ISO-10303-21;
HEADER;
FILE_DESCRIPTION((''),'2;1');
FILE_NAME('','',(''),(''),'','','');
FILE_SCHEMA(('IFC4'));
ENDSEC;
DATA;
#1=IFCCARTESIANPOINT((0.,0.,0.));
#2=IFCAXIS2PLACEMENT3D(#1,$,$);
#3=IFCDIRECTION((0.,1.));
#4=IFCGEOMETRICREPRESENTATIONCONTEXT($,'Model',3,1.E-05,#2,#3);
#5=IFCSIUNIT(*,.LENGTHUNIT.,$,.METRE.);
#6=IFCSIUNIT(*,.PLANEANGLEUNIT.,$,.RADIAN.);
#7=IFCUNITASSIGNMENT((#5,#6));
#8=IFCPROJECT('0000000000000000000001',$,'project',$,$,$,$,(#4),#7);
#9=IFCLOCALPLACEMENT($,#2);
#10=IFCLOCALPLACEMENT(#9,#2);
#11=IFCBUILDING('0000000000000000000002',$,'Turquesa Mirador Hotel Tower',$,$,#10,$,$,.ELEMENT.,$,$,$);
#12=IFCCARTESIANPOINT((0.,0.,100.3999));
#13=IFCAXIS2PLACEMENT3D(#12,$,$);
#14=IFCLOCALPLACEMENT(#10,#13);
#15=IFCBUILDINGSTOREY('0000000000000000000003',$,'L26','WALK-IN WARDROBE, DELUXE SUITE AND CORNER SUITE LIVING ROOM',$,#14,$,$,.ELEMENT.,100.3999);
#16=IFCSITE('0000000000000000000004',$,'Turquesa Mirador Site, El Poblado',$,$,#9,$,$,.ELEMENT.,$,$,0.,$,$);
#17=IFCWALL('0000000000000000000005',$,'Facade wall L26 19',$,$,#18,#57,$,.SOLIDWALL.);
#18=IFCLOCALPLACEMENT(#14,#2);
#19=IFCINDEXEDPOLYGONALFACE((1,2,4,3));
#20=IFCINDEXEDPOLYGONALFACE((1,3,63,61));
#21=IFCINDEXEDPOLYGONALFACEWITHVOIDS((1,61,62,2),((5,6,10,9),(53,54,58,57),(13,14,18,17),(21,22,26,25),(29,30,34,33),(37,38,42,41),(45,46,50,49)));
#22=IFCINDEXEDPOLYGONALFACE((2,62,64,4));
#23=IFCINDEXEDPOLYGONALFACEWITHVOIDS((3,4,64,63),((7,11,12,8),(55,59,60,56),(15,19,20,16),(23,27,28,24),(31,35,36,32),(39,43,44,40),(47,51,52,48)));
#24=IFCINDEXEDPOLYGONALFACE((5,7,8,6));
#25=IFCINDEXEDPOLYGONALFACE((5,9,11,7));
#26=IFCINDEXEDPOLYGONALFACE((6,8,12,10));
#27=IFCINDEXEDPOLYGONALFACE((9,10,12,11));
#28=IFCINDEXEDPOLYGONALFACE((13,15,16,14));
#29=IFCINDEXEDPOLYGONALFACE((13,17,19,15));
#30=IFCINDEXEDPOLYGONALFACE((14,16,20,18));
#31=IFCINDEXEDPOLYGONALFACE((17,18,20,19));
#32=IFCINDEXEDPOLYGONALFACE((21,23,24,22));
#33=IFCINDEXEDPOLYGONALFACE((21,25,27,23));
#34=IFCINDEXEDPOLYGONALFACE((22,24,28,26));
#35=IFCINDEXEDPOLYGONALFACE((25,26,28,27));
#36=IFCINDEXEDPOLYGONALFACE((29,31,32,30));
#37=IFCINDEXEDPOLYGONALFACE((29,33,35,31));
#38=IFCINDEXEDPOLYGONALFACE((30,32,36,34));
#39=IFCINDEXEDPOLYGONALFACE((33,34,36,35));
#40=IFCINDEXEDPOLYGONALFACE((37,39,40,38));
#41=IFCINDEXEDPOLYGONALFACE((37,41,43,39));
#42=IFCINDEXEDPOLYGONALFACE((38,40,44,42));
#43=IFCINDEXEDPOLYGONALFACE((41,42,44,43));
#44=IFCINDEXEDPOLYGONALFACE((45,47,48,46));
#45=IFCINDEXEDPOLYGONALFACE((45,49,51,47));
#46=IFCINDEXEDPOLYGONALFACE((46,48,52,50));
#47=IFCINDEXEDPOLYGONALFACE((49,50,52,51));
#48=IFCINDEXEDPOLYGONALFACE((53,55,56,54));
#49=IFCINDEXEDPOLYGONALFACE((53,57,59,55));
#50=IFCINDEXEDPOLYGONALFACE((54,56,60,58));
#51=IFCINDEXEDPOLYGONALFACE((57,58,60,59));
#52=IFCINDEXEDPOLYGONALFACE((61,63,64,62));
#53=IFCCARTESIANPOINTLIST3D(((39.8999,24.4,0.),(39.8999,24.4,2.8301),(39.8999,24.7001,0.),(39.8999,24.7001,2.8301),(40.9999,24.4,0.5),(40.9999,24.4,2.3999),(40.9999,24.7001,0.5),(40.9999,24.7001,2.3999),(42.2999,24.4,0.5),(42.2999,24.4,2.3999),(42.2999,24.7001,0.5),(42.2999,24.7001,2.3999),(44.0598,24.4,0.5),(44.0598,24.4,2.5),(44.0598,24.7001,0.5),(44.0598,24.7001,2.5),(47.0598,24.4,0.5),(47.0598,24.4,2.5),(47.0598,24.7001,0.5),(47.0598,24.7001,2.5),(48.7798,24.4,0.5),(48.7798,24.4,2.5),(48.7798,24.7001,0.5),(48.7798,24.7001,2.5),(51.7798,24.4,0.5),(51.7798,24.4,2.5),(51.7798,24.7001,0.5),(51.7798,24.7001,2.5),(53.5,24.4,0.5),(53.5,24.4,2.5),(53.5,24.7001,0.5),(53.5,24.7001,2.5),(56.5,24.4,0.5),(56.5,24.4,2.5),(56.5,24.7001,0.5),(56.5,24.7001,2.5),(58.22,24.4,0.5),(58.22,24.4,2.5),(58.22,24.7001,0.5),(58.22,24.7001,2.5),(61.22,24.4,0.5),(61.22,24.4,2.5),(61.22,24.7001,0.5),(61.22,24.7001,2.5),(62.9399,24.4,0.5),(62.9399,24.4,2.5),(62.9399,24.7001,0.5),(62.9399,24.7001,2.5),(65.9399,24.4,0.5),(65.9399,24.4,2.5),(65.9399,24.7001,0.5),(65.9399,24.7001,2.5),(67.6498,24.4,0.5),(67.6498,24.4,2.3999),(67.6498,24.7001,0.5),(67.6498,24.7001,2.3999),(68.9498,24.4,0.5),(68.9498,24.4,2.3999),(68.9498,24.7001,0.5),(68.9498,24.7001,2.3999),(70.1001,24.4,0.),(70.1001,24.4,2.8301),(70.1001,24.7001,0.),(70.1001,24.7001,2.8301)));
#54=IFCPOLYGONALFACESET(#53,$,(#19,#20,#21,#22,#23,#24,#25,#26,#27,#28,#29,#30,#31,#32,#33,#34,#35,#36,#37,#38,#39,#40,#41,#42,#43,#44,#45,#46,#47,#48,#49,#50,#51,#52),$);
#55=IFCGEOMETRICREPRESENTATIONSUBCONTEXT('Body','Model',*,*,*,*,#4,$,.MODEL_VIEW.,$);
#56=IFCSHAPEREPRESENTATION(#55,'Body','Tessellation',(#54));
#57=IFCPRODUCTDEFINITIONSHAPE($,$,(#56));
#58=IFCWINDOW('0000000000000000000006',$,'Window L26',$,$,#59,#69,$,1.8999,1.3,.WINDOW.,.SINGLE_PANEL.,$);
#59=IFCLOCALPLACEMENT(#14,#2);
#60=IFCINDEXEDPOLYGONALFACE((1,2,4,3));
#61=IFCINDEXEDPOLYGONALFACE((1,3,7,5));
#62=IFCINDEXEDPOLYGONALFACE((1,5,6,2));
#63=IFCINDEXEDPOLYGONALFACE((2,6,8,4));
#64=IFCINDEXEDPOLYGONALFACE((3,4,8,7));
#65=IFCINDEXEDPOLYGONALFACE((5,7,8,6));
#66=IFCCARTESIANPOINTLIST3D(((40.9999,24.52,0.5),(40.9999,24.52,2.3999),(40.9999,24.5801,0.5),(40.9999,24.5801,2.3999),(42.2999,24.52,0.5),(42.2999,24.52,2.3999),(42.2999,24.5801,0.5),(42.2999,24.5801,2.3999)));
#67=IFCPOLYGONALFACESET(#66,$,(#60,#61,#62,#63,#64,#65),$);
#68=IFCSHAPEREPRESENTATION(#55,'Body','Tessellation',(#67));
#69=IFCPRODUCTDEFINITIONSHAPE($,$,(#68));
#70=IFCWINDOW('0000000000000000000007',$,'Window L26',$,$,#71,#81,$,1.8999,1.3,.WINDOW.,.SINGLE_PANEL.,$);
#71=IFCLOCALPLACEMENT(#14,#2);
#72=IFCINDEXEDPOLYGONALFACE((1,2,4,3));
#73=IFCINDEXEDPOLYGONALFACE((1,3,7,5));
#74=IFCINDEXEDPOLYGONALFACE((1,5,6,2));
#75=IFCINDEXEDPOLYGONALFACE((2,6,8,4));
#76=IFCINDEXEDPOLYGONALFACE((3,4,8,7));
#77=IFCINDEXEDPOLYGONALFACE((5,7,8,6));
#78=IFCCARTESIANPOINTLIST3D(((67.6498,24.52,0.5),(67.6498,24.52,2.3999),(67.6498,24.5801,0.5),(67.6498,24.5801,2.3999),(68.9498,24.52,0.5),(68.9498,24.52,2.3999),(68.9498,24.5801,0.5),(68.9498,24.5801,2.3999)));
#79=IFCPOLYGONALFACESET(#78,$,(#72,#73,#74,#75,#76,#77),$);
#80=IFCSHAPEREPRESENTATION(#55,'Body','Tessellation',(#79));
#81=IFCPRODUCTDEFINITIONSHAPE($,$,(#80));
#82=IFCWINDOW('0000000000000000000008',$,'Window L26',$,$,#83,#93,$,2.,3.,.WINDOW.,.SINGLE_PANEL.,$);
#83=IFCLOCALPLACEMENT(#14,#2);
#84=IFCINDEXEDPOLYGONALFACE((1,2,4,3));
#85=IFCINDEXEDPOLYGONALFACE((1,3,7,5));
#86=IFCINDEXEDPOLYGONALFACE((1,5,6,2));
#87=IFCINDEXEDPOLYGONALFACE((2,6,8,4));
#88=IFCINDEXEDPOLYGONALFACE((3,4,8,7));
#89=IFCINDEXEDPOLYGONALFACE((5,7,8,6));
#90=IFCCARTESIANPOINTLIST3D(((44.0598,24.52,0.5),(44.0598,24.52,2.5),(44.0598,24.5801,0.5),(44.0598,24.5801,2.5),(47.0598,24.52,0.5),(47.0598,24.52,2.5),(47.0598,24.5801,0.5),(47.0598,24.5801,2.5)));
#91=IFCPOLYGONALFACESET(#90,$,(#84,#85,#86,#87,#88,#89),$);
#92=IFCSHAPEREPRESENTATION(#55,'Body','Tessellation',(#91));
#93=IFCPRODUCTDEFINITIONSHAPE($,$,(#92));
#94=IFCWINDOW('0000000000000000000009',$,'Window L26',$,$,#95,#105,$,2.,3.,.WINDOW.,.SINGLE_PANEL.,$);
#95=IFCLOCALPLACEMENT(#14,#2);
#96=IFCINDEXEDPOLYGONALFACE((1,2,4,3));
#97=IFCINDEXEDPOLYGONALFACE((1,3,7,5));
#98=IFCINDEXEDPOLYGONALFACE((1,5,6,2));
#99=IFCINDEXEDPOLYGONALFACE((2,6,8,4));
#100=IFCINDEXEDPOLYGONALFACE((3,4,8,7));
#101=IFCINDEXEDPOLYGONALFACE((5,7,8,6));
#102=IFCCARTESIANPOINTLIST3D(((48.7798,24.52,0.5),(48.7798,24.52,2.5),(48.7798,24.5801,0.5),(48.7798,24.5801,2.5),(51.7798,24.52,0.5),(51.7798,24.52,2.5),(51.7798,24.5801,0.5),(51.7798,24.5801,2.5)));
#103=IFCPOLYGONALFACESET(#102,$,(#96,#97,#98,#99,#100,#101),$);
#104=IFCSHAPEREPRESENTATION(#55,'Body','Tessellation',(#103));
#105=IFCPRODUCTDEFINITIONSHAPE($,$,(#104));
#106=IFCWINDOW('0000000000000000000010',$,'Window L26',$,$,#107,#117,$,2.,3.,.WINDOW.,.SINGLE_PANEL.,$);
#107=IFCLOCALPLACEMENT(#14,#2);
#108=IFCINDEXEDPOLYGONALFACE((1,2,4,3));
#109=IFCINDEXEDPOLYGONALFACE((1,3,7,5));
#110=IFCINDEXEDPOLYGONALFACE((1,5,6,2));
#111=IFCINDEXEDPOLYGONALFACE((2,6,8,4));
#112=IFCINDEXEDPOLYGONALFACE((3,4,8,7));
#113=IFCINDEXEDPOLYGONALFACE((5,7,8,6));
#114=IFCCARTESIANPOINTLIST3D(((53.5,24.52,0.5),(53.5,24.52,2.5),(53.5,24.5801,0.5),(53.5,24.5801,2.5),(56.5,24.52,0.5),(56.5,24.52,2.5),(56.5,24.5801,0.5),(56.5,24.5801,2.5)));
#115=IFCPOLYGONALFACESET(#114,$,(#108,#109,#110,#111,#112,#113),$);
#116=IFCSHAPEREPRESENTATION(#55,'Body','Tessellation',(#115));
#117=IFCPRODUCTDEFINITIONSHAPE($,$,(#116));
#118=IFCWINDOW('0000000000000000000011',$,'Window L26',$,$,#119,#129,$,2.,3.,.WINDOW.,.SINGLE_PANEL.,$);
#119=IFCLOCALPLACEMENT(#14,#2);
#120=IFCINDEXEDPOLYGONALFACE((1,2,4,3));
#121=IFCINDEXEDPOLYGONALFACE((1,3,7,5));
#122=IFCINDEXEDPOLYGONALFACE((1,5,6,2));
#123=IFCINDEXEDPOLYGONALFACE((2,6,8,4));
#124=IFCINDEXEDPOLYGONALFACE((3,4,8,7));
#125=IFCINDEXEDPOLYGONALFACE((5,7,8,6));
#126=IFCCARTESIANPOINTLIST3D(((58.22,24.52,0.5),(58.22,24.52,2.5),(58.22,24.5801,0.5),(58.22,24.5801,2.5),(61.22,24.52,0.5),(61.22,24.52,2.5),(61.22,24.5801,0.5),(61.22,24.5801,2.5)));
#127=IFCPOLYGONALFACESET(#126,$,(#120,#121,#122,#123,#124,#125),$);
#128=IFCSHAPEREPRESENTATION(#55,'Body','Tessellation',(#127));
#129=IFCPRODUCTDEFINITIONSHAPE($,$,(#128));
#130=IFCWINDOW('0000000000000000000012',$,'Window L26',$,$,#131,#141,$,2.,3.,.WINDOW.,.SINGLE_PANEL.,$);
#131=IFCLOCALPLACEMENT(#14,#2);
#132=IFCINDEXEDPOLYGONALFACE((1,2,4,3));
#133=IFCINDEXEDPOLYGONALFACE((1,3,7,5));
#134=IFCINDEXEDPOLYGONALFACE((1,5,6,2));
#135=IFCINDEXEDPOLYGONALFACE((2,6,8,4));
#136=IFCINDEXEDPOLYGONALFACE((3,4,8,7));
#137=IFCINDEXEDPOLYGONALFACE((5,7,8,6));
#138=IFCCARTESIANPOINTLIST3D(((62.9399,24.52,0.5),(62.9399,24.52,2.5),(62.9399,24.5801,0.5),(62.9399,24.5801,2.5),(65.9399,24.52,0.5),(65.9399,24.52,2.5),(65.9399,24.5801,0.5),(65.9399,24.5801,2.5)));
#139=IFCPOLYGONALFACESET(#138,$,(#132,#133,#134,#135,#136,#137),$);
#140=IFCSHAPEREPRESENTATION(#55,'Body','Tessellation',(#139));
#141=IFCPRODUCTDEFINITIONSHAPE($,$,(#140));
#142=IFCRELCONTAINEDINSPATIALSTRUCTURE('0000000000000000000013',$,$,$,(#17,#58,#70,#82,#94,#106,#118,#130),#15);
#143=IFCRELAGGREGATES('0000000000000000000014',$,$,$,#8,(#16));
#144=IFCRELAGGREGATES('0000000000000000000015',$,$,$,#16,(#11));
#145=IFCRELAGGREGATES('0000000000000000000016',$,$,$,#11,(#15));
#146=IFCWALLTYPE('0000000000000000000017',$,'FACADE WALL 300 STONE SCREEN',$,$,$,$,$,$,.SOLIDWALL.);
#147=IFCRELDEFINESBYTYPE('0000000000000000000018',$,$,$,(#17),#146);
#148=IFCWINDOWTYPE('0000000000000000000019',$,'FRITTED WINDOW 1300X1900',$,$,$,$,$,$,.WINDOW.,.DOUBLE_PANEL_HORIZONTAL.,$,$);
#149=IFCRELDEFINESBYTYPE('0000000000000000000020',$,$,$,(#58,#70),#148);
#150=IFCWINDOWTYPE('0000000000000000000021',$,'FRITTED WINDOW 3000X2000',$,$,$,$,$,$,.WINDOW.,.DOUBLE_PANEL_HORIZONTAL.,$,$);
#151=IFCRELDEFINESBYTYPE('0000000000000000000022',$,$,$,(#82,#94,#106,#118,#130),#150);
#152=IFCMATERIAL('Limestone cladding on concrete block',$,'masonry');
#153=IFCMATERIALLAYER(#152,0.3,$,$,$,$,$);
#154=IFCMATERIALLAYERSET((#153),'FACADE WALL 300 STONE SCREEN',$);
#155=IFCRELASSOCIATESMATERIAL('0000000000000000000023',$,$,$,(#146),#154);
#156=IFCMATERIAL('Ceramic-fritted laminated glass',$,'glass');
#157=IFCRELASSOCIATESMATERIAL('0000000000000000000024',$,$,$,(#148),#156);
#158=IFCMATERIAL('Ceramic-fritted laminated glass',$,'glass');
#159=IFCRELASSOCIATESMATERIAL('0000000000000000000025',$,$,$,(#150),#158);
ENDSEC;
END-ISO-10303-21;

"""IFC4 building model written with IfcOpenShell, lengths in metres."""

from ifc_helpers import new_model, si_unit, direction, frame, frame_2d, origin, place, context, subcontext, project, spatial, rectangle, extrude, material, layer, layer_set, type_object, element, fill, save


model = new_model("IFC4")

# Units and contexts
model_context = context("Model", 3, precision=1e-05, world=origin(), true_north=direction((0.0, 1.0)))
body_context = subcontext(model_context, "Body", "Model", "MODEL_VIEW")
ifc_project = project(units=[si_unit("LENGTHUNIT", "METRE"), si_unit("PLANEANGLEUNIT", "RADIAN")], contexts=[model_context])

# Site, building, storey
site_placement = place(None, origin())
site = spatial("IfcSite", under=ifc_project, at=site_placement, Name="Turquesa Mirador Site, El Poblado", CompositionType="ELEMENT", RefElevation=0.0)
building_placement = place(site_placement, origin())
building = spatial("IfcBuilding", under=site, at=building_placement, Name="Turquesa Mirador Hotel Tower", CompositionType="ELEMENT")
storey_placement = place(building_placement, frame((0.0, 0.0, 100.3999)))
storey = spatial("IfcBuildingStorey", under=building, at=storey_placement, Name="L26", Description="WALK-IN WARDROBE, DELUXE SUITE AND CORNER SUITE LIVING ROOM", CompositionType="ELEMENT", Elevation=100.3999)

# Shared definitions
ifc_material_1 = material(Name="Limestone cladding on concrete block", Category="masonry")
ifc_layer_1 = layer(ifc_material_1, 0.3)
ifc_layer_set_1 = layer_set([ifc_layer_1], Name="FACADE WALL 300 STONE SCREEN")
wall_type = type_object("IfcWallType", Name="FACADE WALL 300 STONE SCREEN", PredefinedType="SOLIDWALL", material=ifc_layer_set_1)

# Wall, openings, windows
wall_1_placement = place(storey_placement, frame((39.8999, 24.55, 0.0), z_axis=(0.0, 0.0, 1.0), x_axis=(1.0, 0.0, 0.0)))
wall_1 = element("IfcWall", 1, at=wall_1_placement, inside=storey, type_object=wall_type, Name="Facade wall L26 19", PredefinedType="SOLIDWALL", context=body_context, shape_type="SweptSolid", body=[
    extrude(rectangle(XDim=30.2002, YDim=0.3, at=frame_2d((15.1001, 0.0))), origin(), (0.0, 0.0, 1.0), 2.8301),
])
opening_1_placement = place(wall_1_placement, frame((1.1001, 0.0, 0.5)))
opening_1 = element("IfcOpeningElement", 2, at=opening_1_placement, cuts=wall_1, PredefinedType="OPENING", context=body_context, shape_type="SweptSolid", body=[
    extrude(rectangle(XDim=1.3, YDim=1.8999, at=frame_2d((0.6499, 0.95))), frame((0.0, 0.1599, 0.0), z_axis=(0.0, -1.0, 0.0), x_axis=(1.0, 0.0, 0.0)), (0.0, 0.0, 1.0), 0.3201),
])
opening_2_placement = place(wall_1_placement, frame((4.1599, 0.0, 0.5)))
opening_2 = element("IfcOpeningElement", 3, at=opening_2_placement, cuts=wall_1, PredefinedType="OPENING", context=body_context, shape_type="SweptSolid", body=[
    extrude(rectangle(XDim=3.0, YDim=2.0, at=frame_2d((1.5, 1.0))), frame((0.0, 0.1599, 0.0), z_axis=(0.0, -1.0, 0.0), x_axis=(1.0, 0.0, 0.0)), (0.0, 0.0, 1.0), 0.3201),
])
opening_3_placement = place(wall_1_placement, frame((8.8799, 0.0, 0.5)))
opening_3 = element("IfcOpeningElement", 4, at=opening_3_placement, cuts=wall_1, PredefinedType="OPENING", context=body_context, shape_type="SweptSolid", body=[
    extrude(rectangle(XDim=3.0, YDim=2.0, at=frame_2d((1.5, 1.0))), frame((0.0, 0.1599, 0.0), z_axis=(0.0, -1.0, 0.0), x_axis=(1.0, 0.0, 0.0)), (0.0, 0.0, 1.0), 0.3201),
])
opening_4_placement = place(wall_1_placement, frame((13.6001, 0.0, 0.5)))
opening_4 = element("IfcOpeningElement", 5, at=opening_4_placement, cuts=wall_1, PredefinedType="OPENING", context=body_context, shape_type="SweptSolid", body=[
    extrude(rectangle(XDim=3.0, YDim=2.0, at=frame_2d((1.5, 1.0))), frame((0.0, 0.1599, 0.0), z_axis=(0.0, -1.0, 0.0), x_axis=(1.0, 0.0, 0.0)), (0.0, 0.0, 1.0), 0.3201),
])
opening_5_placement = place(wall_1_placement, frame((18.3201, 0.0, 0.5)))
opening_5 = element("IfcOpeningElement", 6, at=opening_5_placement, cuts=wall_1, PredefinedType="OPENING", context=body_context, shape_type="SweptSolid", body=[
    extrude(rectangle(XDim=3.0, YDim=2.0, at=frame_2d((1.5, 1.0))), frame((0.0, 0.1599, 0.0), z_axis=(0.0, -1.0, 0.0), x_axis=(1.0, 0.0, 0.0)), (0.0, 0.0, 1.0), 0.3201),
])
opening_6_placement = place(wall_1_placement, frame((23.04, 0.0, 0.5)))
opening_6 = element("IfcOpeningElement", 7, at=opening_6_placement, cuts=wall_1, PredefinedType="OPENING", context=body_context, shape_type="SweptSolid", body=[
    extrude(rectangle(XDim=3.0, YDim=2.0, at=frame_2d((1.5, 1.0))), frame((0.0, 0.1599, 0.0), z_axis=(0.0, -1.0, 0.0), x_axis=(1.0, 0.0, 0.0)), (0.0, 0.0, 1.0), 0.3201),
])
opening_7_placement = place(wall_1_placement, frame((27.75, 0.0, 0.5)))
opening_7 = element("IfcOpeningElement", 8, at=opening_7_placement, cuts=wall_1, PredefinedType="OPENING", context=body_context, shape_type="SweptSolid", body=[
    extrude(rectangle(XDim=1.3, YDim=1.8999, at=frame_2d((0.6499, 0.95))), frame((0.0, 0.1599, 0.0), z_axis=(0.0, -1.0, 0.0), x_axis=(1.0, 0.0, 0.0)), (0.0, 0.0, 1.0), 0.3201),
])
ifc_material_2 = material(Name="Ceramic-fritted laminated glass", Category="glass")
window_type_1 = type_object("IfcWindowType", Name="FRITTED WINDOW 1300X1900", PartitioningType="DOUBLE_PANEL_HORIZONTAL", PredefinedType="WINDOW", material=ifc_material_2)
window_1_placement = place(opening_1_placement, origin())
window_1 = element("IfcWindow", 9, at=window_1_placement, inside=storey, type_object=window_type_1, Name="Window L26", OverallHeight=1.8999, OverallWidth=1.3, PartitioningType="SINGLE_PANEL", PredefinedType="WINDOW", context=body_context, shape_type="SweptSolid", body=[
    extrude(rectangle(XDim=1.3, YDim=1.8999, at=frame_2d((0.6499, 0.95))), frame((0.0, 0.03, 0.0), z_axis=(0.0, -1.0, 0.0), x_axis=(1.0, 0.0, 0.0)), (0.0, 0.0, 1.0), 0.0601),
])
fill(opening_1, window_1)
window_2_placement = place(opening_7_placement, origin())
window_2 = element("IfcWindow", 10, at=window_2_placement, inside=storey, type_object=window_type_1, Name="Window L26", OverallHeight=1.8999, OverallWidth=1.3, PartitioningType="SINGLE_PANEL", PredefinedType="WINDOW", context=body_context, shape_type="SweptSolid", body=[
    extrude(rectangle(XDim=1.3, YDim=1.8999, at=frame_2d((0.6499, 0.95))), frame((0.0, 0.03, 0.0), z_axis=(0.0, -1.0, 0.0), x_axis=(1.0, 0.0, 0.0)), (0.0, 0.0, 1.0), 0.0601),
])
fill(opening_7, window_2)
ifc_material_3 = material(Name="Ceramic-fritted laminated glass", Category="glass")
window_type_2 = type_object("IfcWindowType", Name="FRITTED WINDOW 3000X2000", PartitioningType="DOUBLE_PANEL_HORIZONTAL", PredefinedType="WINDOW", material=ifc_material_3)
window_3_placement = place(opening_2_placement, origin())
window_3 = element("IfcWindow", 11, at=window_3_placement, inside=storey, type_object=window_type_2, Name="Window L26", OverallHeight=2.0, OverallWidth=3.0, PartitioningType="SINGLE_PANEL", PredefinedType="WINDOW", context=body_context, shape_type="SweptSolid", body=[
    extrude(rectangle(XDim=3.0, YDim=2.0, at=frame_2d((1.5, 1.0))), frame((0.0, 0.03, 0.0), z_axis=(0.0, -1.0, 0.0), x_axis=(1.0, 0.0, 0.0)), (0.0, 0.0, 1.0), 0.0601),
])
fill(opening_2, window_3)
window_4_placement = place(opening_3_placement, origin())
window_4 = element("IfcWindow", 12, at=window_4_placement, inside=storey, type_object=window_type_2, Name="Window L26", OverallHeight=2.0, OverallWidth=3.0, PartitioningType="SINGLE_PANEL", PredefinedType="WINDOW", context=body_context, shape_type="SweptSolid", body=[
    extrude(rectangle(XDim=3.0, YDim=2.0, at=frame_2d((1.5, 1.0))), frame((0.0, 0.03, 0.0), z_axis=(0.0, -1.0, 0.0), x_axis=(1.0, 0.0, 0.0)), (0.0, 0.0, 1.0), 0.0601),
])
fill(opening_3, window_4)
window_5_placement = place(opening_4_placement, origin())
window_5 = element("IfcWindow", 13, at=window_5_placement, inside=storey, type_object=window_type_2, Name="Window L26", OverallHeight=2.0, OverallWidth=3.0, PartitioningType="SINGLE_PANEL", PredefinedType="WINDOW", context=body_context, shape_type="SweptSolid", body=[
    extrude(rectangle(XDim=3.0, YDim=2.0, at=frame_2d((1.5, 1.0))), frame((0.0, 0.03, 0.0), z_axis=(0.0, -1.0, 0.0), x_axis=(1.0, 0.0, 0.0)), (0.0, 0.0, 1.0), 0.0601),
])
fill(opening_4, window_5)
window_6_placement = place(opening_5_placement, origin())
window_6 = element("IfcWindow", 14, at=window_6_placement, inside=storey, type_object=window_type_2, Name="Window L26", OverallHeight=2.0, OverallWidth=3.0, PartitioningType="SINGLE_PANEL", PredefinedType="WINDOW", context=body_context, shape_type="SweptSolid", body=[
    extrude(rectangle(XDim=3.0, YDim=2.0, at=frame_2d((1.5, 1.0))), frame((0.0, 0.03, 0.0), z_axis=(0.0, -1.0, 0.0), x_axis=(1.0, 0.0, 0.0)), (0.0, 0.0, 1.0), 0.0601),
])
fill(opening_5, window_6)
window_7_placement = place(opening_6_placement, origin())
window_7 = element("IfcWindow", 15, at=window_7_placement, inside=storey, type_object=window_type_2, Name="Window L26", OverallHeight=2.0, OverallWidth=3.0, PartitioningType="SINGLE_PANEL", PredefinedType="WINDOW", context=body_context, shape_type="SweptSolid", body=[
    extrude(rectangle(XDim=3.0, YDim=2.0, at=frame_2d((1.5, 1.0))), frame((0.0, 0.03, 0.0), z_axis=(0.0, -1.0, 0.0), x_axis=(1.0, 0.0, 0.0)), (0.0, 0.0, 1.0), 0.0601),
])
fill(opening_6, window_7)

save(model, "model.ifc")
